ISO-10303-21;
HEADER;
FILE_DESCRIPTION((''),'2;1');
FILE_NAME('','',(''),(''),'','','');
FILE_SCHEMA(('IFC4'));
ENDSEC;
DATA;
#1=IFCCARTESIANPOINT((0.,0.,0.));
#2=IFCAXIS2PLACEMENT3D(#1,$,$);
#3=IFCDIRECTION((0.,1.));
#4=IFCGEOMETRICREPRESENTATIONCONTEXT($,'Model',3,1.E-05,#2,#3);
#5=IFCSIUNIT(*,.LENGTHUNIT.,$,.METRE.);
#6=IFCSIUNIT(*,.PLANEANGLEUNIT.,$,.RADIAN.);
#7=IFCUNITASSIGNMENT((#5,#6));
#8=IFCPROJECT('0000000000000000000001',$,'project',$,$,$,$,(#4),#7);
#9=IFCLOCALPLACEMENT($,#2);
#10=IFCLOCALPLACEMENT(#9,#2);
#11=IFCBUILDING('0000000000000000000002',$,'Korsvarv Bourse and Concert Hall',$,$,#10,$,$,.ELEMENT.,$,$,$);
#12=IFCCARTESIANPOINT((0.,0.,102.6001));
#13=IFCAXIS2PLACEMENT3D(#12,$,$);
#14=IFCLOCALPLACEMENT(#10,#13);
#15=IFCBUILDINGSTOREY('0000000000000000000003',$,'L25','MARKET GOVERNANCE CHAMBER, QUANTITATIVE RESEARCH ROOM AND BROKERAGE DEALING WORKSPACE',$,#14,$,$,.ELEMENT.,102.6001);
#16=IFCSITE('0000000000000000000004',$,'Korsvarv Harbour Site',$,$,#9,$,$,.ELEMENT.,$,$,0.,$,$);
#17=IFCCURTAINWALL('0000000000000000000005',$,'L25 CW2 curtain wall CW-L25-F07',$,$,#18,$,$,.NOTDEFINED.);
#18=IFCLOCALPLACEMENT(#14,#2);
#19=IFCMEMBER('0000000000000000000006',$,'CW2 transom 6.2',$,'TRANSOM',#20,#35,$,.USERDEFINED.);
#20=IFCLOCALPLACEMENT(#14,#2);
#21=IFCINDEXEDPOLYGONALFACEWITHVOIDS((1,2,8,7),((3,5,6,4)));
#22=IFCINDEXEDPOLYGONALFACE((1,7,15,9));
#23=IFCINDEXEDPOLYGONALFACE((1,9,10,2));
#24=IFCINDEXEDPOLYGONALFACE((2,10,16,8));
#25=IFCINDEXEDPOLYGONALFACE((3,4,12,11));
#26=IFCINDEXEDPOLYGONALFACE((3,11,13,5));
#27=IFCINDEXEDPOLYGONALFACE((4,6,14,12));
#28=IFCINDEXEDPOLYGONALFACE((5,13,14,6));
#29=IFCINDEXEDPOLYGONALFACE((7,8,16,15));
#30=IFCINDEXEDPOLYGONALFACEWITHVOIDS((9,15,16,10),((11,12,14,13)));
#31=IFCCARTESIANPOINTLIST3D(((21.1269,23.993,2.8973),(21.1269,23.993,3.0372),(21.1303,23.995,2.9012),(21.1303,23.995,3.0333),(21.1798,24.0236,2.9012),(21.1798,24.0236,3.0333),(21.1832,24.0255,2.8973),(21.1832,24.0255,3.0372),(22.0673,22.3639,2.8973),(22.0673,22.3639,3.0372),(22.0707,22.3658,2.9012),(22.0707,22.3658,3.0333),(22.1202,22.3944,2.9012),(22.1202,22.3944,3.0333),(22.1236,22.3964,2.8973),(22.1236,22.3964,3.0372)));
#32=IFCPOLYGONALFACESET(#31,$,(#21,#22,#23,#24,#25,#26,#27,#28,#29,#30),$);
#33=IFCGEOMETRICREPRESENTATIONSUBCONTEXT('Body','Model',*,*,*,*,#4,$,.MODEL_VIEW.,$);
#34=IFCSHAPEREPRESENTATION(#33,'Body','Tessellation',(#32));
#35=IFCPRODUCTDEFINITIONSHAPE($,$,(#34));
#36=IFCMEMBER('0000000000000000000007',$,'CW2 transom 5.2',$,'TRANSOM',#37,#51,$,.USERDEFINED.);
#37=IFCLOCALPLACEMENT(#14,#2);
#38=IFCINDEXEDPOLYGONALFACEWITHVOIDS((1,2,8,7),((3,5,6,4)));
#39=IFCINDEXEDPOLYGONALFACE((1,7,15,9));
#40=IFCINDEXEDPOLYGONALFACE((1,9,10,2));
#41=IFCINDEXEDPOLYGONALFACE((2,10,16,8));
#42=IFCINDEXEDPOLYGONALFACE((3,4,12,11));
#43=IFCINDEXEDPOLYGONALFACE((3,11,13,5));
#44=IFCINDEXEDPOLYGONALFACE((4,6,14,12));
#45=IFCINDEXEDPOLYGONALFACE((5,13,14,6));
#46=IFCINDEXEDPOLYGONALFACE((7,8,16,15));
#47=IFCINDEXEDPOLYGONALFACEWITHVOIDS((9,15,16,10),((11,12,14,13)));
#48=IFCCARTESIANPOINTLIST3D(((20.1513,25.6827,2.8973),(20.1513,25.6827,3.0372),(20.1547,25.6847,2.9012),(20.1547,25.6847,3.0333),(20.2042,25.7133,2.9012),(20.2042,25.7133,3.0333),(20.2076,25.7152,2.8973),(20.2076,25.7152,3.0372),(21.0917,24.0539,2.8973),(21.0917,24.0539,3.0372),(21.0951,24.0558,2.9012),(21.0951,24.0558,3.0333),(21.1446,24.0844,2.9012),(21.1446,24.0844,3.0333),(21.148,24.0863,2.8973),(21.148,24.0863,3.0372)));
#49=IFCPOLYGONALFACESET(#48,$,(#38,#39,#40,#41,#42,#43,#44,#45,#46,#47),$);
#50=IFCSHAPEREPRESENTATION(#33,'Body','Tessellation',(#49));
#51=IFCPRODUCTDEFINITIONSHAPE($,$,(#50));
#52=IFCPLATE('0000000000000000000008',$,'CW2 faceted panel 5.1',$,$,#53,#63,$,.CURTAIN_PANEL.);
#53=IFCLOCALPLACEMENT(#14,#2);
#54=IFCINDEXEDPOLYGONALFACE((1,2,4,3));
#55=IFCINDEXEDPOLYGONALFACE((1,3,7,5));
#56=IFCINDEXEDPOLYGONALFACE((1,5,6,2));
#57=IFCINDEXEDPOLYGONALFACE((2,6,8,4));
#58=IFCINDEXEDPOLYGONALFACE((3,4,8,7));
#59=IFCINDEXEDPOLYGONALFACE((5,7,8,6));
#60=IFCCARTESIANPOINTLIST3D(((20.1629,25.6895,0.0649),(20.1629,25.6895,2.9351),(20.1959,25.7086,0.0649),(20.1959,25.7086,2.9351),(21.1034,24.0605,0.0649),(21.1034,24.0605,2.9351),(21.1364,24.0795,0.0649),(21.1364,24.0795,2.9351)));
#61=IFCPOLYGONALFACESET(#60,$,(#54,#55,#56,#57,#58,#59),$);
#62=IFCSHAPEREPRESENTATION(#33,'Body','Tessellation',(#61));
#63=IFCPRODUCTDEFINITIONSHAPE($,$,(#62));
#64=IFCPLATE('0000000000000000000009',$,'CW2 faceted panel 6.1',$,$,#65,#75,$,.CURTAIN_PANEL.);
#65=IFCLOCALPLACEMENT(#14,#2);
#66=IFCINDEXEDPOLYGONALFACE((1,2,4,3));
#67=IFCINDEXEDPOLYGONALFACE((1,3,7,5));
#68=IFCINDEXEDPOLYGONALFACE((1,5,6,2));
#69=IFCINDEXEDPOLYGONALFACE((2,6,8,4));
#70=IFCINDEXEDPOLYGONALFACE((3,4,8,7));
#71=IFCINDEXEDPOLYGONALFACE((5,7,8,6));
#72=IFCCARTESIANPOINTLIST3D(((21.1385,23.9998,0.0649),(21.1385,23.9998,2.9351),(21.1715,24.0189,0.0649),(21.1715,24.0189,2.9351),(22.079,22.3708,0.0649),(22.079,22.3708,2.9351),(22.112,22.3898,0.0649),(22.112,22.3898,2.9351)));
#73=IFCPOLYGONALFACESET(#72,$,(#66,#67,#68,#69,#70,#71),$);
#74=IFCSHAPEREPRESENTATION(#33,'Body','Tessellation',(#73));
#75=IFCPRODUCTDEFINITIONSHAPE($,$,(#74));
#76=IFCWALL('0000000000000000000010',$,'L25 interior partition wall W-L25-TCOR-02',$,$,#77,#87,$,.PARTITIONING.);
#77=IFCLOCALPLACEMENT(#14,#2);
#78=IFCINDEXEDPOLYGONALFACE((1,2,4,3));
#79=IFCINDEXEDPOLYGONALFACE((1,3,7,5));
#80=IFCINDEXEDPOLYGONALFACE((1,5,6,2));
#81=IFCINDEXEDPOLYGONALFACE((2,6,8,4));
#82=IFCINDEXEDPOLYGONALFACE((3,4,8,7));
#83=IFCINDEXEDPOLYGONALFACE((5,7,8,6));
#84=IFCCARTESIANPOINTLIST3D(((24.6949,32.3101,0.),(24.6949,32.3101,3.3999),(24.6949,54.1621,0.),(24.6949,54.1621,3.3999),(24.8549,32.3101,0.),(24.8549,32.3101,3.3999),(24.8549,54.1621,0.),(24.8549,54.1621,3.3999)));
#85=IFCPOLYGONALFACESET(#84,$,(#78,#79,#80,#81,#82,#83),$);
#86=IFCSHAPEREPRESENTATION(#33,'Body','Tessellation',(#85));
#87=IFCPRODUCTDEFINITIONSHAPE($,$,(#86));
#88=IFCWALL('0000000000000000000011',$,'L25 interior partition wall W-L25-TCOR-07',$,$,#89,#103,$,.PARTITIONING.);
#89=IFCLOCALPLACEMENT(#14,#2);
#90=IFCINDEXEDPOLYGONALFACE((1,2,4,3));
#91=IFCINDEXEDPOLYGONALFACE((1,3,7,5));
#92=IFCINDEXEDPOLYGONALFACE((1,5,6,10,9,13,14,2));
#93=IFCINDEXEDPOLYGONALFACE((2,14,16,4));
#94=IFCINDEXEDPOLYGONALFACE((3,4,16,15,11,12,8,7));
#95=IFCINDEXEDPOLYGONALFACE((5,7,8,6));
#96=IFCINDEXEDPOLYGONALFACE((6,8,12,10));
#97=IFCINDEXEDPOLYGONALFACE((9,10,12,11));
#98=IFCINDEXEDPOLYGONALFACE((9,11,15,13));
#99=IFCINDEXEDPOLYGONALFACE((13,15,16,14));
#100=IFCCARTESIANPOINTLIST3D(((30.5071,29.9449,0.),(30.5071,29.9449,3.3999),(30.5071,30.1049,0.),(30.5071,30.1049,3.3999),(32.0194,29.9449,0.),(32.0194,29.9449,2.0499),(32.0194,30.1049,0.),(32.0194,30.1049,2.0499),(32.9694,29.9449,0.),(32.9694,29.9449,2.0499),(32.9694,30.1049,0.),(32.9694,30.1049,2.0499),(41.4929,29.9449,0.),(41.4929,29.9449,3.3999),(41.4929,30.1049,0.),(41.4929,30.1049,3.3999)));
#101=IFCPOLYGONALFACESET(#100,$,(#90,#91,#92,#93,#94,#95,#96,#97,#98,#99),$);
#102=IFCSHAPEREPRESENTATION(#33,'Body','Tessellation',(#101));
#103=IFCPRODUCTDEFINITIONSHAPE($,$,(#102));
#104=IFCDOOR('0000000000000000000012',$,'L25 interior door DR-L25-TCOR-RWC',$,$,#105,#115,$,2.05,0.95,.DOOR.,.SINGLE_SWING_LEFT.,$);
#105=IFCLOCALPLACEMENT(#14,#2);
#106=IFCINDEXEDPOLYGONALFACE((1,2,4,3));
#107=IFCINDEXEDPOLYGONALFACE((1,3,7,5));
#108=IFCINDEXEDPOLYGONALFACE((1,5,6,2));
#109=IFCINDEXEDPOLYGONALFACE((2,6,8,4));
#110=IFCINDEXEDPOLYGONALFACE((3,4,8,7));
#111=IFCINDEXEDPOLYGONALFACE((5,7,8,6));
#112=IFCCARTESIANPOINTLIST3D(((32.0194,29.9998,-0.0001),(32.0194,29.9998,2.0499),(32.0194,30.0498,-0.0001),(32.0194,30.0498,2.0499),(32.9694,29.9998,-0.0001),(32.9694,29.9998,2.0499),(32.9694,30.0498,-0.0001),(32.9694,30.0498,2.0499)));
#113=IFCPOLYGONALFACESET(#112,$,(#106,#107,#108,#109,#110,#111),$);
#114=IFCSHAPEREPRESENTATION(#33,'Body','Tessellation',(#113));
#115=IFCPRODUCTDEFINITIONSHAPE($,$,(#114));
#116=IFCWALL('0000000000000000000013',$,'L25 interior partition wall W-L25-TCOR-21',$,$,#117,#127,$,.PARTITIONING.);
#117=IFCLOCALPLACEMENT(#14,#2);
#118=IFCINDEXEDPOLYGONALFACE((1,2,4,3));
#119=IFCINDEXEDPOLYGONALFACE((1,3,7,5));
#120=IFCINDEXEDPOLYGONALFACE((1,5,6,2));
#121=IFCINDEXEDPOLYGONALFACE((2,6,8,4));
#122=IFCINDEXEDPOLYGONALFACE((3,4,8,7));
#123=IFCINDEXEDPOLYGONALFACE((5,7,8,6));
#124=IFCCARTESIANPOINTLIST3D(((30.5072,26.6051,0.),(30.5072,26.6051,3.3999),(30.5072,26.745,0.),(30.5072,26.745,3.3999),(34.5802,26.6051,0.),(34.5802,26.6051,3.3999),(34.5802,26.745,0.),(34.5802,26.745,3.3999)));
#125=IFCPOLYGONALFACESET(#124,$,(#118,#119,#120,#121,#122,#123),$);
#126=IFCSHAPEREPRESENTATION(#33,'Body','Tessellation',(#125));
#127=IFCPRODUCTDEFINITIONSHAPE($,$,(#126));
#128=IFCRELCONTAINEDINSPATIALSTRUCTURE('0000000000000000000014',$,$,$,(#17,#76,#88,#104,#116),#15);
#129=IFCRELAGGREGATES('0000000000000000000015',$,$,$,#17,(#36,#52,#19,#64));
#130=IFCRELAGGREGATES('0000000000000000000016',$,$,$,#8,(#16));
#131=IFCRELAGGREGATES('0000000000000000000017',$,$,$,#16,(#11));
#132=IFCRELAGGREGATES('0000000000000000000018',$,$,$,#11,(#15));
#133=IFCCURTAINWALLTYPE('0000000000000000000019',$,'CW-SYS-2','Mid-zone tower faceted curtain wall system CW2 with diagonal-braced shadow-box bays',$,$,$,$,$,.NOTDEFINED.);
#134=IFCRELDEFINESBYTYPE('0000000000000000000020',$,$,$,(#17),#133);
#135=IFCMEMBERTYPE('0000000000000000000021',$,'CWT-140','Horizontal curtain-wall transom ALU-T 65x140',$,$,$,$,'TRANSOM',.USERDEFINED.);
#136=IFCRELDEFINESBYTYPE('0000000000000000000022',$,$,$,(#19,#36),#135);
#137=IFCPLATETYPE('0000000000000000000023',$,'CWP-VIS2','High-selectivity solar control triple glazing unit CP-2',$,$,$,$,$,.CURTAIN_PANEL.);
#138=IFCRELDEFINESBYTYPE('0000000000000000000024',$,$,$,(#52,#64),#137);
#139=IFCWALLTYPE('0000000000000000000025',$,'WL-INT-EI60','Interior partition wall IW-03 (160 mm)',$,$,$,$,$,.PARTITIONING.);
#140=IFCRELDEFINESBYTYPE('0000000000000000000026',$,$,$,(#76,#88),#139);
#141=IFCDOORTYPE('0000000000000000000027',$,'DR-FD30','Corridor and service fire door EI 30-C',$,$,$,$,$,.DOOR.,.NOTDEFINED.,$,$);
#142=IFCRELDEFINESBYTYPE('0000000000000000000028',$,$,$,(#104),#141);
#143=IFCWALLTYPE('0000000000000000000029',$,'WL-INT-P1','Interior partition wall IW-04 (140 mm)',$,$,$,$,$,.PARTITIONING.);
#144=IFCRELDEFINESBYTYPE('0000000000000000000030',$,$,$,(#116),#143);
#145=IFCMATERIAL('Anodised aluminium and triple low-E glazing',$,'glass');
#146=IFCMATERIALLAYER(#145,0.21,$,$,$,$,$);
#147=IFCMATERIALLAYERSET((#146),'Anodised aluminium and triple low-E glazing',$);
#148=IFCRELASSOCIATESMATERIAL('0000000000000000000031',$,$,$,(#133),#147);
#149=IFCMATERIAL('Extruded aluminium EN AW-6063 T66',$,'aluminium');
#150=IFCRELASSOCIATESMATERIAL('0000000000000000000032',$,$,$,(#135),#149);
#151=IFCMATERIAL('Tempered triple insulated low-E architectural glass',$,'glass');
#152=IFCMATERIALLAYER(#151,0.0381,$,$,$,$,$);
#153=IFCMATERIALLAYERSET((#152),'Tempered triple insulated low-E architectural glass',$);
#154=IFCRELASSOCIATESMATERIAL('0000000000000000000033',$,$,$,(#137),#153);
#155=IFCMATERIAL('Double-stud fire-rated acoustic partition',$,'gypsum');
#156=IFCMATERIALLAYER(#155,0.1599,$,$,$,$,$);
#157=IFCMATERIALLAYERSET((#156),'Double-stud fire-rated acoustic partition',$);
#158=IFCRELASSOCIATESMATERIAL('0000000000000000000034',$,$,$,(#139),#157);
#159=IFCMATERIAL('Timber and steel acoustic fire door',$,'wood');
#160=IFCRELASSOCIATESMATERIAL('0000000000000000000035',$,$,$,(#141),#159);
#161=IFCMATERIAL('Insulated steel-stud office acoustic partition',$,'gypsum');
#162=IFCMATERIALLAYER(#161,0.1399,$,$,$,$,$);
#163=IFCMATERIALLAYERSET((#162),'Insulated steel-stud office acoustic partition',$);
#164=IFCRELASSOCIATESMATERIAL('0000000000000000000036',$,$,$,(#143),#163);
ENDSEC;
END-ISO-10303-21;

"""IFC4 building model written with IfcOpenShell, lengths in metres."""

from ifc_helpers import new_model, si_unit, direction, frame, frame_2d, origin, origin_2d, place, context, subcontext, project, spatial, rectangle, hollow_rectangle, extrude, source, transform, mapped, material, layer, layer_set, material_profile, profile_set, type_object, element, fill, aggregate, save


model = new_model("IFC4")

# Units and contexts
model_context = context("Model", 3, precision=1e-05, world=origin(), true_north=direction((0.0, 1.0)))
body_context = subcontext(model_context, "Body", "Model", "MODEL_VIEW")
ifc_project = project(units=[si_unit("LENGTHUNIT", "METRE"), si_unit("PLANEANGLEUNIT", "RADIAN")], contexts=[model_context])

# Site, building, storey
site_placement = place(None, origin())
site = spatial("IfcSite", under=ifc_project, at=site_placement, Name="Korsvarv Harbour Site", CompositionType="ELEMENT", RefElevation=0.0)
building_placement = place(site_placement, origin())
building = spatial("IfcBuilding", under=site, at=building_placement, Name="Korsvarv Bourse and Concert Hall", CompositionType="ELEMENT")
storey_placement = place(building_placement, frame((0.0, 0.0, 102.6001)))
storey = spatial("IfcBuildingStorey", under=building, at=storey_placement, Name="L25", Description="MARKET GOVERNANCE CHAMBER, QUANTITATIVE RESEARCH ROOM AND BROKERAGE DEALING WORKSPACE", CompositionType="ELEMENT", Elevation=102.6001)

# Curtain wall, members, plates
ifc_material_1 = material(Name="Anodised aluminium and triple low-E glazing", Category="glass")
ifc_layer_1 = layer(ifc_material_1, 0.21)
ifc_layer_set_1 = layer_set([ifc_layer_1], Name="Anodised aluminium and triple low-E glazing")
curtain_wall_type = type_object("IfcCurtainWallType", Name="CW-SYS-2", Description="Mid-zone tower faceted curtain wall system CW2 with diagonal-braced shadow-box bays", PredefinedType="NOTDEFINED", material=ifc_layer_set_1)
curtain_wall_placement = place(storey_placement, origin())
curtain_wall = element("IfcCurtainWall", 1, at=curtain_wall_placement, inside=storey, type_object=curtain_wall_type, Name="L25 CW2 curtain wall CW-L25-F07", PredefinedType="NOTDEFINED")
ifc_material_2 = material(Name="Extruded aluminium EN AW-6063 T66", Category="aluminium")
ifc_material_profile_1 = material_profile(ifc_material_2, hollow_rectangle(XDim=0.0649, YDim=0.1399, WallThickness=0.0039, at=origin_2d()), Name="ALU-T 65x140")
ifc_profile_set_1 = profile_set([ifc_material_profile_1], Name="Extruded aluminium EN AW-6063 T66")
member_type_1 = type_object("IfcMemberType", Name="CWT-140", Description="Horizontal curtain-wall transom ALU-T 65x140", ElementType="TRANSOM", PredefinedType="USERDEFINED", material=ifc_profile_set_1)
shared_shape_1 = source(origin(), body_context, "Body", "SweptSolid", [
    extrude(hollow_rectangle(XDim=0.0649, YDim=0.1399, WallThickness=0.0039, at=origin_2d()), origin(), (0.0, 0.0, 1.0), 1.8811),
])
member_1_placement = place(storey_placement, frame((21.155, 24.0093, 2.9673), z_axis=(0.499936, -0.866062, 0.0), x_axis=(0.866062, 0.499936, 0.0)))
member_1 = element("IfcMember", 2, at=member_1_placement, type_object=member_type_1, Name="CW2 transom 6.2", ObjectType="TRANSOM", PredefinedType="USERDEFINED", context=body_context, shape_type="MappedRepresentation", body=[
    mapped(shared_shape_1, transform((0.0, 0.0, 0.0), scale=1.0)),
])
shared_shape_2 = source(origin(), body_context, "Body", "SweptSolid", [
    extrude(hollow_rectangle(XDim=0.0649, YDim=0.1399, WallThickness=0.0039, at=origin_2d()), origin(), (0.0, 0.0, 1.0), 1.8809),
])
member_2_placement = place(storey_placement, frame((20.1794, 25.699, 2.9673), z_axis=(0.499992, -0.86603, 0.0), x_axis=(0.86603, 0.499992, 0.0)))
member_2 = element("IfcMember", 3, at=member_2_placement, type_object=member_type_1, Name="CW2 transom 5.2", ObjectType="TRANSOM", PredefinedType="USERDEFINED", context=body_context, shape_type="MappedRepresentation", body=[
    mapped(shared_shape_2, transform((0.0, 0.0, 0.0), scale=1.0)),
])
ifc_material_3 = material(Name="Tempered triple insulated low-E architectural glass", Category="glass")
ifc_layer_2 = layer(ifc_material_3, 0.0381)
ifc_layer_set_2 = layer_set([ifc_layer_2], Name="Tempered triple insulated low-E architectural glass")
plate_type = type_object("IfcPlateType", Name="CWP-VIS2", Description="High-selectivity solar control triple glazing unit CP-2", PredefinedType="CURTAIN_PANEL", material=ifc_layer_set_2)
shared_shape_3 = source(origin(), body_context, "Body", "SweptSolid", [
    extrude(rectangle(XDim=1.8811, YDim=0.0381, at=origin_2d()), origin(), (0.0, 0.0, 1.0), 2.8701),
])
plate_1_placement = place(storey_placement, frame((20.6497, 24.8845, 0.0649), z_axis=(0.0, 0.0, 1.0), x_axis=(0.500002, -0.866024, 0.0)))
plate_1 = element("IfcPlate", 4, at=plate_1_placement, type_object=plate_type, Name="CW2 faceted panel 5.1", PredefinedType="CURTAIN_PANEL", context=body_context, shape_type="MappedRepresentation", body=[
    mapped(shared_shape_3, transform((0.0, 0.0, 0.0), scale=1.0)),
])
plate_2_placement = place(storey_placement, frame((21.6252, 23.1948, 0.0649), z_axis=(0.0, 0.0, 1.0), x_axis=(0.500002, -0.866024, 0.0)))
plate_2 = element("IfcPlate", 5, at=plate_2_placement, type_object=plate_type, Name="CW2 faceted panel 6.1", PredefinedType="CURTAIN_PANEL", context=body_context, shape_type="MappedRepresentation", body=[
    mapped(shared_shape_3, transform((0.0, 0.0, 0.0), scale=1.0)),
])
aggregate(curtain_wall, [member_2, plate_1, member_1, plate_2])

# Wall
ifc_material_4 = material(Name="Double-stud fire-rated acoustic partition", Category="gypsum")
ifc_layer_3 = layer(ifc_material_4, 0.1599)
ifc_layer_set_3 = layer_set([ifc_layer_3], Name="Double-stud fire-rated acoustic partition")
wall_type_1 = type_object("IfcWallType", Name="WL-INT-EI60", Description="Interior partition wall IW-03 (160 mm)", PredefinedType="PARTITIONING", material=ifc_layer_set_3)
wall_1_placement = place(storey_placement, frame((24.7749, 32.3101, 0.0), z_axis=(0.0, 0.0, 1.0), x_axis=(0.0, 1.0, 0.0)))
element("IfcWall", 6, at=wall_1_placement, inside=storey, type_object=wall_type_1, Name="L25 interior partition wall W-L25-TCOR-02", PredefinedType="PARTITIONING", context=body_context, shape_type="SweptSolid", body=[
    extrude(rectangle(XDim=21.8521, YDim=0.1599, at=frame_2d((10.926, 0.0))), origin(), (0.0, 0.0, 1.0), 3.3999),
])

# Wall, opening, door
wall_2_placement = place(storey_placement, frame((30.5071, 30.0249, 0.0), z_axis=(0.0, 0.0, 1.0), x_axis=(1.0, 0.0, 0.0)))
wall_2 = element("IfcWall", 7, at=wall_2_placement, inside=storey, type_object=wall_type_1, Name="L25 interior partition wall W-L25-TCOR-07", PredefinedType="PARTITIONING", context=body_context, shape_type="SweptSolid", body=[
    extrude(rectangle(XDim=10.9858, YDim=0.1599, at=frame_2d((5.4929, 0.0))), origin(), (0.0, 0.0, 1.0), 3.3999),
])
opening_placement = place(wall_2_placement, frame((1.5122, 0.0, 0.0)))
opening = element("IfcOpeningElement", 8, at=opening_placement, cuts=wall_2, PredefinedType="OPENING", context=body_context, shape_type="SweptSolid", body=[
    extrude(rectangle(XDim=0.95, YDim=2.05, at=frame_2d((0.4751, 1.0249))), frame((0.0, 0.0898, 0.0), z_axis=(0.0, -1.0, 0.0), x_axis=(1.0, 0.0, 0.0)), (0.0, 0.0, 1.0), 0.1799),
])
ifc_material_5 = material(Name="Timber and steel acoustic fire door", Category="wood")
door_type = type_object("IfcDoorType", Name="DR-FD30", Description="Corridor and service fire door EI 30-C", OperationType="NOTDEFINED", PredefinedType="DOOR", material=ifc_material_5)
door_placement = place(opening_placement, origin())
door = element("IfcDoor", 9, at=door_placement, inside=storey, type_object=door_type, Name="L25 interior door DR-L25-TCOR-RWC", OperationType="SINGLE_SWING_LEFT", OverallHeight=2.05, OverallWidth=0.95, PredefinedType="DOOR", context=body_context, shape_type="SweptSolid", body=[
    extrude(rectangle(XDim=0.95, YDim=2.05, at=frame_2d((0.4751, 1.0249))), frame((0.0, 0.0249, 0.0), z_axis=(0.0, -1.0, 0.0), x_axis=(1.0, 0.0, 0.0)), (0.0, 0.0, 1.0), 0.05),
])
fill(opening, door)

# Wall
ifc_material_6 = material(Name="Insulated steel-stud office acoustic partition", Category="gypsum")
ifc_layer_4 = layer(ifc_material_6, 0.1399)
ifc_layer_set_4 = layer_set([ifc_layer_4], Name="Insulated steel-stud office acoustic partition")
wall_type_2 = type_object("IfcWallType", Name="WL-INT-P1", Description="Interior partition wall IW-04 (140 mm)", PredefinedType="PARTITIONING", material=ifc_layer_set_4)
wall_3_placement = place(storey_placement, frame((30.5071, 26.675, 0.0), z_axis=(0.0, 0.0, 1.0), x_axis=(1.0, 0.0, 0.0)))
element("IfcWall", 10, at=wall_3_placement, inside=storey, type_object=wall_type_2, Name="L25 interior partition wall W-L25-TCOR-21", PredefinedType="PARTITIONING", context=body_context, shape_type="SweptSolid", body=[
    extrude(rectangle(XDim=4.073, YDim=0.1399, at=frame_2d((2.0366, 0.0))), origin(), (0.0, 0.0, 1.0), 3.3999),
])

save(model, "model.ifc")
